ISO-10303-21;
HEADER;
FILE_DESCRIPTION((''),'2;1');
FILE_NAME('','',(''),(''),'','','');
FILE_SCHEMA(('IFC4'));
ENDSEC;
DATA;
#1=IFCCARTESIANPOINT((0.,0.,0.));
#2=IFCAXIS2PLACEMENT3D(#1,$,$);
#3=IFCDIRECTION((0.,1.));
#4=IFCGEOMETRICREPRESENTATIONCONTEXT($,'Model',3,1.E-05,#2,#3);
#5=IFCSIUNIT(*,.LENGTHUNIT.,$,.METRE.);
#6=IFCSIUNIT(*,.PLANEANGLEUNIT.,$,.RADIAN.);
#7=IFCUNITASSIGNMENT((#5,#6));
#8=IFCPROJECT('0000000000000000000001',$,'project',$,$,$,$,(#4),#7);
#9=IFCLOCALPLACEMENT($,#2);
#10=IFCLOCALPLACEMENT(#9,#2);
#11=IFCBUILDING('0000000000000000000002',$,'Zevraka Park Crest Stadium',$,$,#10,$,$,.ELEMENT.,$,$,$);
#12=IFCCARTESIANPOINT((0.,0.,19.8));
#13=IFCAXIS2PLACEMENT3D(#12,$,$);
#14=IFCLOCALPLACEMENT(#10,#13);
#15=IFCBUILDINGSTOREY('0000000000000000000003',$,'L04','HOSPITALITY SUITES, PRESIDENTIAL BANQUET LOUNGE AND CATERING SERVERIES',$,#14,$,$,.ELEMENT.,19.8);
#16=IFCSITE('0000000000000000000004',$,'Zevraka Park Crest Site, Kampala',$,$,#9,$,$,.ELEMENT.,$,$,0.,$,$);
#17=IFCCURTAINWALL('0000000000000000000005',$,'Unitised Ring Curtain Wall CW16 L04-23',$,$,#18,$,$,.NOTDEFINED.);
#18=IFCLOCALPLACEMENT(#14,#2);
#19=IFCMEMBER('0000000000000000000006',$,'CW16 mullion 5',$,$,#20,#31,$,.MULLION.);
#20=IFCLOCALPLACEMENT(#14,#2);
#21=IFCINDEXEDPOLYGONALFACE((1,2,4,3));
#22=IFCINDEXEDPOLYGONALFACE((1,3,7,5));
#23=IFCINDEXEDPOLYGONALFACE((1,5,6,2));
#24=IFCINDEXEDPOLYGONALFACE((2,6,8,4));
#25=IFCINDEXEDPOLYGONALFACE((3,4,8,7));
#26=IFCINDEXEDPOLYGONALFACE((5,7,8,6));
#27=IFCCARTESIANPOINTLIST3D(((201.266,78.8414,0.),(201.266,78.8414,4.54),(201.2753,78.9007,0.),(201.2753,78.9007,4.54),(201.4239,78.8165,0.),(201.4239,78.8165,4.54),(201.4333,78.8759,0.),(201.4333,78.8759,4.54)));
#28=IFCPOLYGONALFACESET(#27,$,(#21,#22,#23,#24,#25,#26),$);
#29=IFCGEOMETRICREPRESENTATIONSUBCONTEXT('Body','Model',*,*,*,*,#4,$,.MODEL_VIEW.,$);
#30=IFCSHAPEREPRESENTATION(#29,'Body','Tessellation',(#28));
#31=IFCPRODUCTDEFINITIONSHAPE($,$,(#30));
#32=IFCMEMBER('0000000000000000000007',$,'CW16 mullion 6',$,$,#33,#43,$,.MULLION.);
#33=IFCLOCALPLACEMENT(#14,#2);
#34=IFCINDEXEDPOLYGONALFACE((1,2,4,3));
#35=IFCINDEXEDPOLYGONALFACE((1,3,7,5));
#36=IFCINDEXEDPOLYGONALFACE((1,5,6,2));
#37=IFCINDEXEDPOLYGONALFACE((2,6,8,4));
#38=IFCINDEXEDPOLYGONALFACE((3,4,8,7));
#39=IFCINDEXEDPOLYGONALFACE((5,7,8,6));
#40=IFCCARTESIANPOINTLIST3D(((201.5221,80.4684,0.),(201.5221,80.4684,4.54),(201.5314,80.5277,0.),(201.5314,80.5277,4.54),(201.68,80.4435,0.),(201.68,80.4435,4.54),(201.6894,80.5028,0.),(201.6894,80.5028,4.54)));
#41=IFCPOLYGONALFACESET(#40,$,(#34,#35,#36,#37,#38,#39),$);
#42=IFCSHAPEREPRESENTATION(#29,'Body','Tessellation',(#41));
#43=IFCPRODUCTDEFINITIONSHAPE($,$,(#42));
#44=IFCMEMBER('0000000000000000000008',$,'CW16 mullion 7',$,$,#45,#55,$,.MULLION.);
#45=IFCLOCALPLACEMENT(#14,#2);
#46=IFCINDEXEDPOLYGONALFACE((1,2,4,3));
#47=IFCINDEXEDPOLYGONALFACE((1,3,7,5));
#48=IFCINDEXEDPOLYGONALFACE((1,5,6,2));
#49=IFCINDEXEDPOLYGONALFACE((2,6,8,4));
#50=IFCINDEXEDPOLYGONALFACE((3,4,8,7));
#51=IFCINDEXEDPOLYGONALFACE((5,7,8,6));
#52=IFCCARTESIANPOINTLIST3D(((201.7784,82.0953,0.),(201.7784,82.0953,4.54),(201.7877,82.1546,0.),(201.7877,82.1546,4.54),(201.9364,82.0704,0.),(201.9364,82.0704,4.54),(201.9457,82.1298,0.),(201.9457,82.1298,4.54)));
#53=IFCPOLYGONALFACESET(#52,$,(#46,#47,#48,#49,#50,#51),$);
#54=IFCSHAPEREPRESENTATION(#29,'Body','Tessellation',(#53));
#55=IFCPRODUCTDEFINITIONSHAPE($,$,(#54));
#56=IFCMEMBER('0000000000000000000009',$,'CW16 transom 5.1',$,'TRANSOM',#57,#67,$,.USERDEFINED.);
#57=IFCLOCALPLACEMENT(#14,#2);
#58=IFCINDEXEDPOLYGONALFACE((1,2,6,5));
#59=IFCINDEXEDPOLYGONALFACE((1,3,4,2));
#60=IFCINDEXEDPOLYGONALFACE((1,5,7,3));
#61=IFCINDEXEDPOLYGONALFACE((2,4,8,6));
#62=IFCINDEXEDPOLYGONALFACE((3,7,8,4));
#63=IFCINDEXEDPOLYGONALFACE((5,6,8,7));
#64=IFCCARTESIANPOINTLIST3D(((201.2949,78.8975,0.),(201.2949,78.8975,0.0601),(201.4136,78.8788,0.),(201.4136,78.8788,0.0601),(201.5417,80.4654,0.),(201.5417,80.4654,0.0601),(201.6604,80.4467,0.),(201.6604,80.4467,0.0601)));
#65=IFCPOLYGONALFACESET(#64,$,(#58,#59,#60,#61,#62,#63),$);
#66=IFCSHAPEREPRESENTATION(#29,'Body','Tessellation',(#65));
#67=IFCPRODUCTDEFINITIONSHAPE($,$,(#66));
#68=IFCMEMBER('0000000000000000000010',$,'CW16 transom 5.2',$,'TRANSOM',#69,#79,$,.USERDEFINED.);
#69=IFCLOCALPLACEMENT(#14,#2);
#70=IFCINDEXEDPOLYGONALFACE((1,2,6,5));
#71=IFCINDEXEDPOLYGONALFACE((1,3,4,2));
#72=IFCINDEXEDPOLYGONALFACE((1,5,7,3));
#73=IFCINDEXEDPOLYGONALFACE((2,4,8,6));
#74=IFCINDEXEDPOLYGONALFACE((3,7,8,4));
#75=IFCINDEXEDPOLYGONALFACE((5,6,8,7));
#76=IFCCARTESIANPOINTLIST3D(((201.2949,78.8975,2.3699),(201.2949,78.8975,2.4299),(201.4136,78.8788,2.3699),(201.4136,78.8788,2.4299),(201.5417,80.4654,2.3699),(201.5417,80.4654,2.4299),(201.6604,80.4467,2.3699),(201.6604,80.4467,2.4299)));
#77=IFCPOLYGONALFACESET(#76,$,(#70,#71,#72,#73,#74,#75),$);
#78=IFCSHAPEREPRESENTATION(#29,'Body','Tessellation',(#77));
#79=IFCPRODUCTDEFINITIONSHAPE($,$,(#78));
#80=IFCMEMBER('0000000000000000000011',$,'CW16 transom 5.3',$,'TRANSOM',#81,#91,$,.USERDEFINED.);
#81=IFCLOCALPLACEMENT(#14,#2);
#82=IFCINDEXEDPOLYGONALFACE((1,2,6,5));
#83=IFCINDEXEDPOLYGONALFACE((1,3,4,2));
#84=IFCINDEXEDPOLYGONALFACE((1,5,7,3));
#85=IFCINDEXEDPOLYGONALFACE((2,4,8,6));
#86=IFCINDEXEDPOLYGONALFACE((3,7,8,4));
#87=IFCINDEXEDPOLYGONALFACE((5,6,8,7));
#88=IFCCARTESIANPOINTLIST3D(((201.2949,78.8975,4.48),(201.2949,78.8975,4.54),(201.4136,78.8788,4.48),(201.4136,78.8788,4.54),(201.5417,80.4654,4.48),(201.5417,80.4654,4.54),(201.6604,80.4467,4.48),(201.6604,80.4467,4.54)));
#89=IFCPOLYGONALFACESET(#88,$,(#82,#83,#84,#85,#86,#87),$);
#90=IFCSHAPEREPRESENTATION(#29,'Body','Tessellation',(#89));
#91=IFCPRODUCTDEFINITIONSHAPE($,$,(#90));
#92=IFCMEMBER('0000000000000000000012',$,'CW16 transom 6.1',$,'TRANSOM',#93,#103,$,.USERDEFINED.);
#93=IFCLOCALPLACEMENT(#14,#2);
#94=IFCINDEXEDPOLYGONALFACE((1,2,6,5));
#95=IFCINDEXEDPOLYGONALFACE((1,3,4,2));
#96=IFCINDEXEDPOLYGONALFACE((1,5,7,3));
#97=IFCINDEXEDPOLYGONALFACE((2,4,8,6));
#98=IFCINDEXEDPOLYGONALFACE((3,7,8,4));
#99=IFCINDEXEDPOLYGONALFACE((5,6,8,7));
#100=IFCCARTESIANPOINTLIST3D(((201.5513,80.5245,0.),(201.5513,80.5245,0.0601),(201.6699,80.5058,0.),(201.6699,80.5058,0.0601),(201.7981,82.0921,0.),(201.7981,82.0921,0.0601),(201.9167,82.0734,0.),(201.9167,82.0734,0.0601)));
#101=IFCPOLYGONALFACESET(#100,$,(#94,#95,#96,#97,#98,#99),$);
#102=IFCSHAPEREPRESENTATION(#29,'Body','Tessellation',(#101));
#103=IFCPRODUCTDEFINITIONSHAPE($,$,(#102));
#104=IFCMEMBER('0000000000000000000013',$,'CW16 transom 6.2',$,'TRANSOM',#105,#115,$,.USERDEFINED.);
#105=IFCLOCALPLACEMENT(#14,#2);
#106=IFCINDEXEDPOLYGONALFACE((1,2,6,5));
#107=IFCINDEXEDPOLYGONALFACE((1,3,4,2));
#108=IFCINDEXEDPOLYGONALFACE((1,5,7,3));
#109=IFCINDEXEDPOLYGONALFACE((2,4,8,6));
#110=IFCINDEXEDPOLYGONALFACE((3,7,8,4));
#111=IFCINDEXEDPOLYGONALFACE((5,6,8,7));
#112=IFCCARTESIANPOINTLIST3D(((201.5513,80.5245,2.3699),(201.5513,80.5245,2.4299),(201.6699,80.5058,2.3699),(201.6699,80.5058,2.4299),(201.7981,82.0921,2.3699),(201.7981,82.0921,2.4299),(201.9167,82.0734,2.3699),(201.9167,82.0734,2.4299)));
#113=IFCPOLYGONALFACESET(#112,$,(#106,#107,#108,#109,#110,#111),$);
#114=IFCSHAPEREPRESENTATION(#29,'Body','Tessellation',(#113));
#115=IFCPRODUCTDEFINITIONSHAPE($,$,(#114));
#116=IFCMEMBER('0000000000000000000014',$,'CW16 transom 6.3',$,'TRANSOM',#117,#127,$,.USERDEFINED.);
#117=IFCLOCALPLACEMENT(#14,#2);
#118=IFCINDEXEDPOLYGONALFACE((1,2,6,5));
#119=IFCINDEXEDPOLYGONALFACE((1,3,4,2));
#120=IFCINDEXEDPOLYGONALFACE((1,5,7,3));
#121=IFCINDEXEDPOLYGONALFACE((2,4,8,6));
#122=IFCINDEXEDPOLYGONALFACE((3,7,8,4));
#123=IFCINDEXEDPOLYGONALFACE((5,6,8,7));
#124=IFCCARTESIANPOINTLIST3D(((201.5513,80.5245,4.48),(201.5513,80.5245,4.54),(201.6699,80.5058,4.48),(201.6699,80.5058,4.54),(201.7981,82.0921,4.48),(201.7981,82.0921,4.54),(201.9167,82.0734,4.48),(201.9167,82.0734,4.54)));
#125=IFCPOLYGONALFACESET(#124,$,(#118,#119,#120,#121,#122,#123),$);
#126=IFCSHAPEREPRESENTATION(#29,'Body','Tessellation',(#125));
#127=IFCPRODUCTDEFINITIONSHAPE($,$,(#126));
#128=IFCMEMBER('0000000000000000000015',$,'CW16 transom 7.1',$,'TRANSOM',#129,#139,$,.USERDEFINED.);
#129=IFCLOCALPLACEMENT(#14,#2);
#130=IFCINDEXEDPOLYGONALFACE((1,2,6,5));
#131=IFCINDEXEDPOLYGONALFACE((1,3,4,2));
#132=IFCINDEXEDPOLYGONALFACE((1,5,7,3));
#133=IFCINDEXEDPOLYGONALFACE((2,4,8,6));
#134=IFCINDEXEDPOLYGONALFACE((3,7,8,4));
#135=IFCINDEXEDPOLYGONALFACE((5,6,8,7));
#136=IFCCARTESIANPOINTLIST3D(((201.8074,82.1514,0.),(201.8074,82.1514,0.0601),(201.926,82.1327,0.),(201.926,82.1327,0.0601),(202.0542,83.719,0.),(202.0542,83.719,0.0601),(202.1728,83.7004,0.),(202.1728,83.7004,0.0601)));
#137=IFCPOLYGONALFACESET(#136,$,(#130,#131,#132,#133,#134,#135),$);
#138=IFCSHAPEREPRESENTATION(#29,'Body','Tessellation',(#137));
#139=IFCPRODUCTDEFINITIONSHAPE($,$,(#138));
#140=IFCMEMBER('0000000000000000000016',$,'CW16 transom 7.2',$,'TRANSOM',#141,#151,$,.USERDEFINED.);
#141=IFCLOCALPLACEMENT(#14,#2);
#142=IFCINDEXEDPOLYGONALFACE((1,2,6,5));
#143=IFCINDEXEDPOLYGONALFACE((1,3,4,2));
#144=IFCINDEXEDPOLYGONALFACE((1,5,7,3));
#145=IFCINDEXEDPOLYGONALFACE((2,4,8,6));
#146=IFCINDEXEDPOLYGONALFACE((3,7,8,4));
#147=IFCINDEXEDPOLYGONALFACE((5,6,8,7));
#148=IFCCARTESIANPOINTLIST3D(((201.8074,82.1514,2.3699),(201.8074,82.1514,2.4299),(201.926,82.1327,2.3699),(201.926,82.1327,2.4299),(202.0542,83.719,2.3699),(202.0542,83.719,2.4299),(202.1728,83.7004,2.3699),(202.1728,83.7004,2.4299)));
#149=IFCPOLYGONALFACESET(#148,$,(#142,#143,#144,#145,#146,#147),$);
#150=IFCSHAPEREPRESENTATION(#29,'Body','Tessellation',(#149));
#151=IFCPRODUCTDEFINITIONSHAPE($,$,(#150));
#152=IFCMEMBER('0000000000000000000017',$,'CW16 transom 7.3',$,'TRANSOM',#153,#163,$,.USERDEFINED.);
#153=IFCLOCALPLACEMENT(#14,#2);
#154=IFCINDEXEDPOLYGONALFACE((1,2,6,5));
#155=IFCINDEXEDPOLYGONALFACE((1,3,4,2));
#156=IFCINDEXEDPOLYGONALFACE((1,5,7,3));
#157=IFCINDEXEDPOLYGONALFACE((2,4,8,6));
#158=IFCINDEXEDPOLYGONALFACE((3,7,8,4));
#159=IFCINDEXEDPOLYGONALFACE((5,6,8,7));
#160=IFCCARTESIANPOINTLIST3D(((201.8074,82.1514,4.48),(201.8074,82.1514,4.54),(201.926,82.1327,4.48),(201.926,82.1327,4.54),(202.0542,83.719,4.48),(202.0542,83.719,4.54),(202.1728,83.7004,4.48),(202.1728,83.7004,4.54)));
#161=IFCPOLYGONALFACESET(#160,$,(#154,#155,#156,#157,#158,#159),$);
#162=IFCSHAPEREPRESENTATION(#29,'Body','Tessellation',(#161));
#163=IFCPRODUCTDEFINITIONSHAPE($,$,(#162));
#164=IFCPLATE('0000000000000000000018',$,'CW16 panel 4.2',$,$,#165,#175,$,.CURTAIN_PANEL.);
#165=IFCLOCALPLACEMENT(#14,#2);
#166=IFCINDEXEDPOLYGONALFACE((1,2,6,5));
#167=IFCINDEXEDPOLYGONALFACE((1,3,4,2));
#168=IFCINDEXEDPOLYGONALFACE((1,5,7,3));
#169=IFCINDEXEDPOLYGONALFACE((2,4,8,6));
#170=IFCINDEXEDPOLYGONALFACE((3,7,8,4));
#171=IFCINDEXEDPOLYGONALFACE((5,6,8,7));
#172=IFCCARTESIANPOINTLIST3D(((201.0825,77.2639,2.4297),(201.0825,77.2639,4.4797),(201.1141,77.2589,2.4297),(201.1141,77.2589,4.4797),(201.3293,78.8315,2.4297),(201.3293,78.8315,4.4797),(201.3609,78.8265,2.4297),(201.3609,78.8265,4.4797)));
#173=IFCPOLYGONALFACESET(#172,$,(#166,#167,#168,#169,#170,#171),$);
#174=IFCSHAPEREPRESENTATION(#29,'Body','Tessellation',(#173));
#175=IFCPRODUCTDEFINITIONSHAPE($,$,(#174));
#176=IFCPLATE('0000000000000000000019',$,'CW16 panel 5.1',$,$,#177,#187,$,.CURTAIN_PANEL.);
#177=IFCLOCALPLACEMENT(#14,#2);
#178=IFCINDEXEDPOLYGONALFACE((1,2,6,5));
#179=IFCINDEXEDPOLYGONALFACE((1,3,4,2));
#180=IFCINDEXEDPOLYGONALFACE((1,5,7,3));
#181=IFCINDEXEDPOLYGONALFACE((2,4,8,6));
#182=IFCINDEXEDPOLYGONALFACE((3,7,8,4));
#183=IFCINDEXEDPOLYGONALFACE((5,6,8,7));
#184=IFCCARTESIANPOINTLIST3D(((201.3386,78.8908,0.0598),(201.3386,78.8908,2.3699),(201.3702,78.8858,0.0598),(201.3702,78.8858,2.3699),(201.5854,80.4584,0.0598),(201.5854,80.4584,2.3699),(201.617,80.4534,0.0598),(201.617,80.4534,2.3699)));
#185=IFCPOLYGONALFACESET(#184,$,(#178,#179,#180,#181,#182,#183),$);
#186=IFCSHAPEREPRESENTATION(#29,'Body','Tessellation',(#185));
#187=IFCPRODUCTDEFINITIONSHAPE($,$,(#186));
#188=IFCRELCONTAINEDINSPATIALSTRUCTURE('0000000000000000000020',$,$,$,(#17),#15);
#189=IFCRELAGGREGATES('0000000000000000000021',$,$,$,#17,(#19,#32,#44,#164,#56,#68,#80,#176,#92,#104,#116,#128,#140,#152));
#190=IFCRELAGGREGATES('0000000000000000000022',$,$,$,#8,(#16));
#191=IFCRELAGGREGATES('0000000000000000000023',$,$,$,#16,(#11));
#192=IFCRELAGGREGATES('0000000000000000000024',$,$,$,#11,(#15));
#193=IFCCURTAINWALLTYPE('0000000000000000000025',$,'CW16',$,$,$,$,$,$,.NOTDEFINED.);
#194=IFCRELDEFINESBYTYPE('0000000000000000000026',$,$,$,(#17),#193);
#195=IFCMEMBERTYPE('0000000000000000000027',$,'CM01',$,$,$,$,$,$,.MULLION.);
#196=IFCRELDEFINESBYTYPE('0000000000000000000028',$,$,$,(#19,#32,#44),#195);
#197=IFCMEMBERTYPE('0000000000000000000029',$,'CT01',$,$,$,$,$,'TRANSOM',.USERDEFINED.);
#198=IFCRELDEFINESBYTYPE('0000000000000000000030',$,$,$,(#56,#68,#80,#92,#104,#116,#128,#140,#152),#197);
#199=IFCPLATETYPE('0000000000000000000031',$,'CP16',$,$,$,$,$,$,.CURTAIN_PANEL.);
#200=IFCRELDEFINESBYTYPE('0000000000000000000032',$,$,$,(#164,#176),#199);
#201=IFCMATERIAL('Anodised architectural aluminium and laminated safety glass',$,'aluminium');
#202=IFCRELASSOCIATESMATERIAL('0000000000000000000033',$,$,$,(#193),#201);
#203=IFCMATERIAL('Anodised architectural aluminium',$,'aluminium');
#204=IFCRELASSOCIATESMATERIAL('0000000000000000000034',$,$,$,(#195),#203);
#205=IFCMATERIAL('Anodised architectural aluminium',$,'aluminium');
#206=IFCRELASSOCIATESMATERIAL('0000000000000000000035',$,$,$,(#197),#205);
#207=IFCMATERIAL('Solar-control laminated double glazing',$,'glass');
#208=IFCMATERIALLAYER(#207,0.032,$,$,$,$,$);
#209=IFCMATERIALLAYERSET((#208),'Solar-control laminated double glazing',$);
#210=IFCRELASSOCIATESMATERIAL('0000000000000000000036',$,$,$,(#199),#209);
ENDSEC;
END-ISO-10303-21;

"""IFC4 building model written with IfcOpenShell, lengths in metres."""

from ifc_helpers import new_model, si_unit, direction, frame, origin, origin_2d, place, context, subcontext, project, spatial, rectangle, extrude, material, layer, layer_set, material_profile, profile_set, type_object, element, aggregate, save


model = new_model("IFC4")

# Units and contexts
model_context = context("Model", 3, precision=1e-05, world=origin(), true_north=direction((0.0, 1.0)))
body_context = subcontext(model_context, "Body", "Model", "MODEL_VIEW")
ifc_project = project(units=[si_unit("LENGTHUNIT", "METRE"), si_unit("PLANEANGLEUNIT", "RADIAN")], contexts=[model_context])

# Site, building, storey
site_placement = place(None, origin())
site = spatial("IfcSite", under=ifc_project, at=site_placement, Name="Zevraka Park Crest Site, Kampala", CompositionType="ELEMENT", RefElevation=0.0)
building_placement = place(site_placement, origin())
building = spatial("IfcBuilding", under=site, at=building_placement, Name="Zevraka Park Crest Stadium", CompositionType="ELEMENT")
storey_placement = place(building_placement, frame((0.0, 0.0, 19.8)))
storey = spatial("IfcBuildingStorey", under=building, at=storey_placement, Name="L04", Description="HOSPITALITY SUITES, PRESIDENTIAL BANQUET LOUNGE AND CATERING SERVERIES", CompositionType="ELEMENT", Elevation=19.8)

# Curtain wall, members, plates
ifc_material_1 = material(Name="Anodised architectural aluminium and laminated safety glass", Category="aluminium")
curtain_wall_type = type_object("IfcCurtainWallType", Name="CW16", PredefinedType="NOTDEFINED", material=ifc_material_1)
curtain_wall_placement = place(storey_placement, origin())
curtain_wall = element("IfcCurtainWall", 1, at=curtain_wall_placement, inside=storey, type_object=curtain_wall_type, Name="Unitised Ring Curtain Wall CW16 L04-23", PredefinedType="NOTDEFINED")
ifc_material_2 = material(Name="Anodised architectural aluminium", Category="aluminium")
ifc_material_profile_1 = material_profile(ifc_material_2, rectangle(XDim=0.1599, YDim=0.0601, at=origin_2d()), Name="ALU MULLION 160x60")
ifc_profile_set_1 = profile_set([ifc_material_profile_1], Name="Anodised architectural aluminium")
member_type_1 = type_object("IfcMemberType", Name="CM01", PredefinedType="MULLION", material=ifc_profile_set_1)
member_1_placement = place(storey_placement, frame((201.3496, 78.8586, 0.0), z_axis=(0.0, 0.0, 1.0), x_axis=(-0.98783, 0.155539, 0.0)))
member_1 = element("IfcMember", 2, at=member_1_placement, type_object=member_type_1, Name="CW16 mullion 5", PredefinedType="MULLION", context=body_context, shape_type="SweptSolid", body=[
    extrude(rectangle(XDim=0.1599, YDim=0.0601, at=origin_2d()), origin(), (0.0, 0.0, 1.0), 4.54),
])
member_2_placement = place(storey_placement, frame((201.6057, 80.4856, 0.0), z_axis=(0.0, 0.0, 1.0), x_axis=(-0.98783, 0.155539, 0.0)))
member_2 = element("IfcMember", 3, at=member_2_placement, type_object=member_type_1, Name="CW16 mullion 6", PredefinedType="MULLION", context=body_context, shape_type="SweptSolid", body=[
    extrude(rectangle(XDim=0.1599, YDim=0.0601, at=origin_2d()), origin(), (0.0, 0.0, 1.0), 4.54),
])
member_3_placement = place(storey_placement, frame((201.8621, 82.1125, 0.0), z_axis=(0.0, 0.0, 1.0), x_axis=(-0.98783, 0.155539, 0.0)))
member_3 = element("IfcMember", 4, at=member_3_placement, type_object=member_type_1, Name="CW16 mullion 7", PredefinedType="MULLION", context=body_context, shape_type="SweptSolid", body=[
    extrude(rectangle(XDim=0.1599, YDim=0.0601, at=origin_2d()), origin(), (0.0, 0.0, 1.0), 4.54),
])
ifc_material_3 = material(Name="Anodised architectural aluminium", Category="aluminium")
ifc_material_profile_2 = material_profile(ifc_material_3, rectangle(XDim=0.1201, YDim=0.0601, at=origin_2d()), Name="ALU TRANSOM 120x60")
ifc_profile_set_2 = profile_set([ifc_material_profile_2], Name="Anodised architectural aluminium")
member_type_2 = type_object("IfcMemberType", Name="CT01", ElementType="TRANSOM", PredefinedType="USERDEFINED", material=ifc_profile_set_2)
member_4_placement = place(storey_placement, frame((201.3542, 78.8882, 0.03), z_axis=(0.155512, 0.987834, 0.0), x_axis=(-0.987834, 0.155512, 0.0)))
member_4 = element("IfcMember", 5, at=member_4_placement, type_object=member_type_2, Name="CW16 transom 5.1", ObjectType="TRANSOM", PredefinedType="USERDEFINED", context=body_context, shape_type="SweptSolid", body=[
    extrude(rectangle(XDim=0.1201, YDim=0.0601, at=origin_2d()), origin(), (0.0, 0.0, 1.0), 1.5872),
])
member_5_placement = place(storey_placement, frame((201.3542, 78.8882, 2.3999), z_axis=(0.155512, 0.987834, 0.0), x_axis=(-0.987834, 0.155512, 0.0)))
member_5 = element("IfcMember", 6, at=member_5_placement, type_object=member_type_2, Name="CW16 transom 5.2", ObjectType="TRANSOM", PredefinedType="USERDEFINED", context=body_context, shape_type="SweptSolid", body=[
    extrude(rectangle(XDim=0.1201, YDim=0.0601, at=origin_2d()), origin(), (0.0, 0.0, 1.0), 1.5872),
])
member_6_placement = place(storey_placement, frame((201.3542, 78.8882, 4.51), z_axis=(0.155512, 0.987834, 0.0), x_axis=(-0.987834, 0.155512, 0.0)))
member_6 = element("IfcMember", 7, at=member_6_placement, type_object=member_type_2, Name="CW16 transom 5.3", ObjectType="TRANSOM", PredefinedType="USERDEFINED", context=body_context, shape_type="SweptSolid", body=[
    extrude(rectangle(XDim=0.1201, YDim=0.0601, at=origin_2d()), origin(), (0.0, 0.0, 1.0), 1.5872),
])
member_7_placement = place(storey_placement, frame((201.6106, 80.5151, 0.03), z_axis=(0.155536, 0.98783, 0.0), x_axis=(-0.98783, 0.155536, 0.0)))
member_7 = element("IfcMember", 8, at=member_7_placement, type_object=member_type_2, Name="CW16 transom 6.1", ObjectType="TRANSOM", PredefinedType="USERDEFINED", context=body_context, shape_type="SweptSolid", body=[
    extrude(rectangle(XDim=0.1201, YDim=0.0601, at=origin_2d()), origin(), (0.0, 0.0, 1.0), 1.5869),
])
member_8_placement = place(storey_placement, frame((201.6106, 80.5151, 2.3999), z_axis=(0.155536, 0.98783, 0.0), x_axis=(-0.98783, 0.155536, 0.0)))
member_8 = element("IfcMember", 9, at=member_8_placement, type_object=member_type_2, Name="CW16 transom 6.2", ObjectType="TRANSOM", PredefinedType="USERDEFINED", context=body_context, shape_type="SweptSolid", body=[
    extrude(rectangle(XDim=0.1201, YDim=0.0601, at=origin_2d()), origin(), (0.0, 0.0, 1.0), 1.5869),
])
member_9_placement = place(storey_placement, frame((201.6106, 80.5151, 4.51), z_axis=(0.155536, 0.98783, 0.0), x_axis=(-0.98783, 0.155536, 0.0)))
member_9 = element("IfcMember", 10, at=member_9_placement, type_object=member_type_2, Name="CW16 transom 6.3", ObjectType="TRANSOM", PredefinedType="USERDEFINED", context=body_context, shape_type="SweptSolid", body=[
    extrude(rectangle(XDim=0.1201, YDim=0.0601, at=origin_2d()), origin(), (0.0, 0.0, 1.0), 1.5869),
])
member_10_placement = place(storey_placement, frame((201.8667, 82.1421, 0.03), z_axis=(0.155536, 0.98783, 0.0), x_axis=(-0.98783, 0.155536, 0.0)))
member_10 = element("IfcMember", 11, at=member_10_placement, type_object=member_type_2, Name="CW16 transom 7.1", ObjectType="TRANSOM", PredefinedType="USERDEFINED", context=body_context, shape_type="SweptSolid", body=[
    extrude(rectangle(XDim=0.1201, YDim=0.0601, at=origin_2d()), origin(), (0.0, 0.0, 1.0), 1.5869),
])
member_11_placement = place(storey_placement, frame((201.8667, 82.1421, 2.3999), z_axis=(0.155536, 0.98783, 0.0), x_axis=(-0.98783, 0.155536, 0.0)))
member_11 = element("IfcMember", 12, at=member_11_placement, type_object=member_type_2, Name="CW16 transom 7.2", ObjectType="TRANSOM", PredefinedType="USERDEFINED", context=body_context, shape_type="SweptSolid", body=[
    extrude(rectangle(XDim=0.1201, YDim=0.0601, at=origin_2d()), origin(), (0.0, 0.0, 1.0), 1.5869),
])
member_12_placement = place(storey_placement, frame((201.8667, 82.1421, 4.51), z_axis=(0.155536, 0.98783, 0.0), x_axis=(-0.98783, 0.155536, 0.0)))
member_12 = element("IfcMember", 13, at=member_12_placement, type_object=member_type_2, Name="CW16 transom 7.3", ObjectType="TRANSOM", PredefinedType="USERDEFINED", context=body_context, shape_type="SweptSolid", body=[
    extrude(rectangle(XDim=0.1201, YDim=0.0601, at=origin_2d()), origin(), (0.0, 0.0, 1.0), 1.5869),
])
ifc_material_4 = material(Name="Solar-control laminated double glazing", Category="glass")
ifc_layer_1 = layer(ifc_material_4, 0.032)
ifc_layer_set_1 = layer_set([ifc_layer_1], Name="Solar-control laminated double glazing")
plate_type = type_object("IfcPlateType", Name="CP16", PredefinedType="CURTAIN_PANEL", material=ifc_layer_set_1)
plate_1_placement = place(storey_placement, frame((201.2217, 78.0452, 2.4297), z_axis=(0.0, 0.0, 1.0), x_axis=(0.155539, 0.98783, 0.0)))
plate_1 = element("IfcPlate", 14, at=plate_1_placement, type_object=plate_type, Name="CW16 panel 4.2", PredefinedType="CURTAIN_PANEL", context=body_context, shape_type="SweptSolid", body=[
    extrude(rectangle(XDim=1.5869, YDim=0.032, at=origin_2d()), origin(), (0.0, 0.0, 1.0), 2.05),
])
plate_2_placement = place(storey_placement, frame((201.4778, 79.6721, 0.0598), z_axis=(0.0, 0.0, 1.0), x_axis=(0.155539, 0.98783, 0.0)))
plate_2 = element("IfcPlate", 15, at=plate_2_placement, type_object=plate_type, Name="CW16 panel 5.1", PredefinedType="CURTAIN_PANEL", context=body_context, shape_type="SweptSolid", body=[
    extrude(rectangle(XDim=1.5869, YDim=0.032, at=origin_2d()), origin(), (0.0, 0.0, 1.0), 2.3101),
])
aggregate(curtain_wall, [member_1, member_2, member_3, plate_1, member_4, member_5, member_6, plate_2, member_7, member_8, member_9, member_10, member_11, member_12])

save(model, "model.ifc")
